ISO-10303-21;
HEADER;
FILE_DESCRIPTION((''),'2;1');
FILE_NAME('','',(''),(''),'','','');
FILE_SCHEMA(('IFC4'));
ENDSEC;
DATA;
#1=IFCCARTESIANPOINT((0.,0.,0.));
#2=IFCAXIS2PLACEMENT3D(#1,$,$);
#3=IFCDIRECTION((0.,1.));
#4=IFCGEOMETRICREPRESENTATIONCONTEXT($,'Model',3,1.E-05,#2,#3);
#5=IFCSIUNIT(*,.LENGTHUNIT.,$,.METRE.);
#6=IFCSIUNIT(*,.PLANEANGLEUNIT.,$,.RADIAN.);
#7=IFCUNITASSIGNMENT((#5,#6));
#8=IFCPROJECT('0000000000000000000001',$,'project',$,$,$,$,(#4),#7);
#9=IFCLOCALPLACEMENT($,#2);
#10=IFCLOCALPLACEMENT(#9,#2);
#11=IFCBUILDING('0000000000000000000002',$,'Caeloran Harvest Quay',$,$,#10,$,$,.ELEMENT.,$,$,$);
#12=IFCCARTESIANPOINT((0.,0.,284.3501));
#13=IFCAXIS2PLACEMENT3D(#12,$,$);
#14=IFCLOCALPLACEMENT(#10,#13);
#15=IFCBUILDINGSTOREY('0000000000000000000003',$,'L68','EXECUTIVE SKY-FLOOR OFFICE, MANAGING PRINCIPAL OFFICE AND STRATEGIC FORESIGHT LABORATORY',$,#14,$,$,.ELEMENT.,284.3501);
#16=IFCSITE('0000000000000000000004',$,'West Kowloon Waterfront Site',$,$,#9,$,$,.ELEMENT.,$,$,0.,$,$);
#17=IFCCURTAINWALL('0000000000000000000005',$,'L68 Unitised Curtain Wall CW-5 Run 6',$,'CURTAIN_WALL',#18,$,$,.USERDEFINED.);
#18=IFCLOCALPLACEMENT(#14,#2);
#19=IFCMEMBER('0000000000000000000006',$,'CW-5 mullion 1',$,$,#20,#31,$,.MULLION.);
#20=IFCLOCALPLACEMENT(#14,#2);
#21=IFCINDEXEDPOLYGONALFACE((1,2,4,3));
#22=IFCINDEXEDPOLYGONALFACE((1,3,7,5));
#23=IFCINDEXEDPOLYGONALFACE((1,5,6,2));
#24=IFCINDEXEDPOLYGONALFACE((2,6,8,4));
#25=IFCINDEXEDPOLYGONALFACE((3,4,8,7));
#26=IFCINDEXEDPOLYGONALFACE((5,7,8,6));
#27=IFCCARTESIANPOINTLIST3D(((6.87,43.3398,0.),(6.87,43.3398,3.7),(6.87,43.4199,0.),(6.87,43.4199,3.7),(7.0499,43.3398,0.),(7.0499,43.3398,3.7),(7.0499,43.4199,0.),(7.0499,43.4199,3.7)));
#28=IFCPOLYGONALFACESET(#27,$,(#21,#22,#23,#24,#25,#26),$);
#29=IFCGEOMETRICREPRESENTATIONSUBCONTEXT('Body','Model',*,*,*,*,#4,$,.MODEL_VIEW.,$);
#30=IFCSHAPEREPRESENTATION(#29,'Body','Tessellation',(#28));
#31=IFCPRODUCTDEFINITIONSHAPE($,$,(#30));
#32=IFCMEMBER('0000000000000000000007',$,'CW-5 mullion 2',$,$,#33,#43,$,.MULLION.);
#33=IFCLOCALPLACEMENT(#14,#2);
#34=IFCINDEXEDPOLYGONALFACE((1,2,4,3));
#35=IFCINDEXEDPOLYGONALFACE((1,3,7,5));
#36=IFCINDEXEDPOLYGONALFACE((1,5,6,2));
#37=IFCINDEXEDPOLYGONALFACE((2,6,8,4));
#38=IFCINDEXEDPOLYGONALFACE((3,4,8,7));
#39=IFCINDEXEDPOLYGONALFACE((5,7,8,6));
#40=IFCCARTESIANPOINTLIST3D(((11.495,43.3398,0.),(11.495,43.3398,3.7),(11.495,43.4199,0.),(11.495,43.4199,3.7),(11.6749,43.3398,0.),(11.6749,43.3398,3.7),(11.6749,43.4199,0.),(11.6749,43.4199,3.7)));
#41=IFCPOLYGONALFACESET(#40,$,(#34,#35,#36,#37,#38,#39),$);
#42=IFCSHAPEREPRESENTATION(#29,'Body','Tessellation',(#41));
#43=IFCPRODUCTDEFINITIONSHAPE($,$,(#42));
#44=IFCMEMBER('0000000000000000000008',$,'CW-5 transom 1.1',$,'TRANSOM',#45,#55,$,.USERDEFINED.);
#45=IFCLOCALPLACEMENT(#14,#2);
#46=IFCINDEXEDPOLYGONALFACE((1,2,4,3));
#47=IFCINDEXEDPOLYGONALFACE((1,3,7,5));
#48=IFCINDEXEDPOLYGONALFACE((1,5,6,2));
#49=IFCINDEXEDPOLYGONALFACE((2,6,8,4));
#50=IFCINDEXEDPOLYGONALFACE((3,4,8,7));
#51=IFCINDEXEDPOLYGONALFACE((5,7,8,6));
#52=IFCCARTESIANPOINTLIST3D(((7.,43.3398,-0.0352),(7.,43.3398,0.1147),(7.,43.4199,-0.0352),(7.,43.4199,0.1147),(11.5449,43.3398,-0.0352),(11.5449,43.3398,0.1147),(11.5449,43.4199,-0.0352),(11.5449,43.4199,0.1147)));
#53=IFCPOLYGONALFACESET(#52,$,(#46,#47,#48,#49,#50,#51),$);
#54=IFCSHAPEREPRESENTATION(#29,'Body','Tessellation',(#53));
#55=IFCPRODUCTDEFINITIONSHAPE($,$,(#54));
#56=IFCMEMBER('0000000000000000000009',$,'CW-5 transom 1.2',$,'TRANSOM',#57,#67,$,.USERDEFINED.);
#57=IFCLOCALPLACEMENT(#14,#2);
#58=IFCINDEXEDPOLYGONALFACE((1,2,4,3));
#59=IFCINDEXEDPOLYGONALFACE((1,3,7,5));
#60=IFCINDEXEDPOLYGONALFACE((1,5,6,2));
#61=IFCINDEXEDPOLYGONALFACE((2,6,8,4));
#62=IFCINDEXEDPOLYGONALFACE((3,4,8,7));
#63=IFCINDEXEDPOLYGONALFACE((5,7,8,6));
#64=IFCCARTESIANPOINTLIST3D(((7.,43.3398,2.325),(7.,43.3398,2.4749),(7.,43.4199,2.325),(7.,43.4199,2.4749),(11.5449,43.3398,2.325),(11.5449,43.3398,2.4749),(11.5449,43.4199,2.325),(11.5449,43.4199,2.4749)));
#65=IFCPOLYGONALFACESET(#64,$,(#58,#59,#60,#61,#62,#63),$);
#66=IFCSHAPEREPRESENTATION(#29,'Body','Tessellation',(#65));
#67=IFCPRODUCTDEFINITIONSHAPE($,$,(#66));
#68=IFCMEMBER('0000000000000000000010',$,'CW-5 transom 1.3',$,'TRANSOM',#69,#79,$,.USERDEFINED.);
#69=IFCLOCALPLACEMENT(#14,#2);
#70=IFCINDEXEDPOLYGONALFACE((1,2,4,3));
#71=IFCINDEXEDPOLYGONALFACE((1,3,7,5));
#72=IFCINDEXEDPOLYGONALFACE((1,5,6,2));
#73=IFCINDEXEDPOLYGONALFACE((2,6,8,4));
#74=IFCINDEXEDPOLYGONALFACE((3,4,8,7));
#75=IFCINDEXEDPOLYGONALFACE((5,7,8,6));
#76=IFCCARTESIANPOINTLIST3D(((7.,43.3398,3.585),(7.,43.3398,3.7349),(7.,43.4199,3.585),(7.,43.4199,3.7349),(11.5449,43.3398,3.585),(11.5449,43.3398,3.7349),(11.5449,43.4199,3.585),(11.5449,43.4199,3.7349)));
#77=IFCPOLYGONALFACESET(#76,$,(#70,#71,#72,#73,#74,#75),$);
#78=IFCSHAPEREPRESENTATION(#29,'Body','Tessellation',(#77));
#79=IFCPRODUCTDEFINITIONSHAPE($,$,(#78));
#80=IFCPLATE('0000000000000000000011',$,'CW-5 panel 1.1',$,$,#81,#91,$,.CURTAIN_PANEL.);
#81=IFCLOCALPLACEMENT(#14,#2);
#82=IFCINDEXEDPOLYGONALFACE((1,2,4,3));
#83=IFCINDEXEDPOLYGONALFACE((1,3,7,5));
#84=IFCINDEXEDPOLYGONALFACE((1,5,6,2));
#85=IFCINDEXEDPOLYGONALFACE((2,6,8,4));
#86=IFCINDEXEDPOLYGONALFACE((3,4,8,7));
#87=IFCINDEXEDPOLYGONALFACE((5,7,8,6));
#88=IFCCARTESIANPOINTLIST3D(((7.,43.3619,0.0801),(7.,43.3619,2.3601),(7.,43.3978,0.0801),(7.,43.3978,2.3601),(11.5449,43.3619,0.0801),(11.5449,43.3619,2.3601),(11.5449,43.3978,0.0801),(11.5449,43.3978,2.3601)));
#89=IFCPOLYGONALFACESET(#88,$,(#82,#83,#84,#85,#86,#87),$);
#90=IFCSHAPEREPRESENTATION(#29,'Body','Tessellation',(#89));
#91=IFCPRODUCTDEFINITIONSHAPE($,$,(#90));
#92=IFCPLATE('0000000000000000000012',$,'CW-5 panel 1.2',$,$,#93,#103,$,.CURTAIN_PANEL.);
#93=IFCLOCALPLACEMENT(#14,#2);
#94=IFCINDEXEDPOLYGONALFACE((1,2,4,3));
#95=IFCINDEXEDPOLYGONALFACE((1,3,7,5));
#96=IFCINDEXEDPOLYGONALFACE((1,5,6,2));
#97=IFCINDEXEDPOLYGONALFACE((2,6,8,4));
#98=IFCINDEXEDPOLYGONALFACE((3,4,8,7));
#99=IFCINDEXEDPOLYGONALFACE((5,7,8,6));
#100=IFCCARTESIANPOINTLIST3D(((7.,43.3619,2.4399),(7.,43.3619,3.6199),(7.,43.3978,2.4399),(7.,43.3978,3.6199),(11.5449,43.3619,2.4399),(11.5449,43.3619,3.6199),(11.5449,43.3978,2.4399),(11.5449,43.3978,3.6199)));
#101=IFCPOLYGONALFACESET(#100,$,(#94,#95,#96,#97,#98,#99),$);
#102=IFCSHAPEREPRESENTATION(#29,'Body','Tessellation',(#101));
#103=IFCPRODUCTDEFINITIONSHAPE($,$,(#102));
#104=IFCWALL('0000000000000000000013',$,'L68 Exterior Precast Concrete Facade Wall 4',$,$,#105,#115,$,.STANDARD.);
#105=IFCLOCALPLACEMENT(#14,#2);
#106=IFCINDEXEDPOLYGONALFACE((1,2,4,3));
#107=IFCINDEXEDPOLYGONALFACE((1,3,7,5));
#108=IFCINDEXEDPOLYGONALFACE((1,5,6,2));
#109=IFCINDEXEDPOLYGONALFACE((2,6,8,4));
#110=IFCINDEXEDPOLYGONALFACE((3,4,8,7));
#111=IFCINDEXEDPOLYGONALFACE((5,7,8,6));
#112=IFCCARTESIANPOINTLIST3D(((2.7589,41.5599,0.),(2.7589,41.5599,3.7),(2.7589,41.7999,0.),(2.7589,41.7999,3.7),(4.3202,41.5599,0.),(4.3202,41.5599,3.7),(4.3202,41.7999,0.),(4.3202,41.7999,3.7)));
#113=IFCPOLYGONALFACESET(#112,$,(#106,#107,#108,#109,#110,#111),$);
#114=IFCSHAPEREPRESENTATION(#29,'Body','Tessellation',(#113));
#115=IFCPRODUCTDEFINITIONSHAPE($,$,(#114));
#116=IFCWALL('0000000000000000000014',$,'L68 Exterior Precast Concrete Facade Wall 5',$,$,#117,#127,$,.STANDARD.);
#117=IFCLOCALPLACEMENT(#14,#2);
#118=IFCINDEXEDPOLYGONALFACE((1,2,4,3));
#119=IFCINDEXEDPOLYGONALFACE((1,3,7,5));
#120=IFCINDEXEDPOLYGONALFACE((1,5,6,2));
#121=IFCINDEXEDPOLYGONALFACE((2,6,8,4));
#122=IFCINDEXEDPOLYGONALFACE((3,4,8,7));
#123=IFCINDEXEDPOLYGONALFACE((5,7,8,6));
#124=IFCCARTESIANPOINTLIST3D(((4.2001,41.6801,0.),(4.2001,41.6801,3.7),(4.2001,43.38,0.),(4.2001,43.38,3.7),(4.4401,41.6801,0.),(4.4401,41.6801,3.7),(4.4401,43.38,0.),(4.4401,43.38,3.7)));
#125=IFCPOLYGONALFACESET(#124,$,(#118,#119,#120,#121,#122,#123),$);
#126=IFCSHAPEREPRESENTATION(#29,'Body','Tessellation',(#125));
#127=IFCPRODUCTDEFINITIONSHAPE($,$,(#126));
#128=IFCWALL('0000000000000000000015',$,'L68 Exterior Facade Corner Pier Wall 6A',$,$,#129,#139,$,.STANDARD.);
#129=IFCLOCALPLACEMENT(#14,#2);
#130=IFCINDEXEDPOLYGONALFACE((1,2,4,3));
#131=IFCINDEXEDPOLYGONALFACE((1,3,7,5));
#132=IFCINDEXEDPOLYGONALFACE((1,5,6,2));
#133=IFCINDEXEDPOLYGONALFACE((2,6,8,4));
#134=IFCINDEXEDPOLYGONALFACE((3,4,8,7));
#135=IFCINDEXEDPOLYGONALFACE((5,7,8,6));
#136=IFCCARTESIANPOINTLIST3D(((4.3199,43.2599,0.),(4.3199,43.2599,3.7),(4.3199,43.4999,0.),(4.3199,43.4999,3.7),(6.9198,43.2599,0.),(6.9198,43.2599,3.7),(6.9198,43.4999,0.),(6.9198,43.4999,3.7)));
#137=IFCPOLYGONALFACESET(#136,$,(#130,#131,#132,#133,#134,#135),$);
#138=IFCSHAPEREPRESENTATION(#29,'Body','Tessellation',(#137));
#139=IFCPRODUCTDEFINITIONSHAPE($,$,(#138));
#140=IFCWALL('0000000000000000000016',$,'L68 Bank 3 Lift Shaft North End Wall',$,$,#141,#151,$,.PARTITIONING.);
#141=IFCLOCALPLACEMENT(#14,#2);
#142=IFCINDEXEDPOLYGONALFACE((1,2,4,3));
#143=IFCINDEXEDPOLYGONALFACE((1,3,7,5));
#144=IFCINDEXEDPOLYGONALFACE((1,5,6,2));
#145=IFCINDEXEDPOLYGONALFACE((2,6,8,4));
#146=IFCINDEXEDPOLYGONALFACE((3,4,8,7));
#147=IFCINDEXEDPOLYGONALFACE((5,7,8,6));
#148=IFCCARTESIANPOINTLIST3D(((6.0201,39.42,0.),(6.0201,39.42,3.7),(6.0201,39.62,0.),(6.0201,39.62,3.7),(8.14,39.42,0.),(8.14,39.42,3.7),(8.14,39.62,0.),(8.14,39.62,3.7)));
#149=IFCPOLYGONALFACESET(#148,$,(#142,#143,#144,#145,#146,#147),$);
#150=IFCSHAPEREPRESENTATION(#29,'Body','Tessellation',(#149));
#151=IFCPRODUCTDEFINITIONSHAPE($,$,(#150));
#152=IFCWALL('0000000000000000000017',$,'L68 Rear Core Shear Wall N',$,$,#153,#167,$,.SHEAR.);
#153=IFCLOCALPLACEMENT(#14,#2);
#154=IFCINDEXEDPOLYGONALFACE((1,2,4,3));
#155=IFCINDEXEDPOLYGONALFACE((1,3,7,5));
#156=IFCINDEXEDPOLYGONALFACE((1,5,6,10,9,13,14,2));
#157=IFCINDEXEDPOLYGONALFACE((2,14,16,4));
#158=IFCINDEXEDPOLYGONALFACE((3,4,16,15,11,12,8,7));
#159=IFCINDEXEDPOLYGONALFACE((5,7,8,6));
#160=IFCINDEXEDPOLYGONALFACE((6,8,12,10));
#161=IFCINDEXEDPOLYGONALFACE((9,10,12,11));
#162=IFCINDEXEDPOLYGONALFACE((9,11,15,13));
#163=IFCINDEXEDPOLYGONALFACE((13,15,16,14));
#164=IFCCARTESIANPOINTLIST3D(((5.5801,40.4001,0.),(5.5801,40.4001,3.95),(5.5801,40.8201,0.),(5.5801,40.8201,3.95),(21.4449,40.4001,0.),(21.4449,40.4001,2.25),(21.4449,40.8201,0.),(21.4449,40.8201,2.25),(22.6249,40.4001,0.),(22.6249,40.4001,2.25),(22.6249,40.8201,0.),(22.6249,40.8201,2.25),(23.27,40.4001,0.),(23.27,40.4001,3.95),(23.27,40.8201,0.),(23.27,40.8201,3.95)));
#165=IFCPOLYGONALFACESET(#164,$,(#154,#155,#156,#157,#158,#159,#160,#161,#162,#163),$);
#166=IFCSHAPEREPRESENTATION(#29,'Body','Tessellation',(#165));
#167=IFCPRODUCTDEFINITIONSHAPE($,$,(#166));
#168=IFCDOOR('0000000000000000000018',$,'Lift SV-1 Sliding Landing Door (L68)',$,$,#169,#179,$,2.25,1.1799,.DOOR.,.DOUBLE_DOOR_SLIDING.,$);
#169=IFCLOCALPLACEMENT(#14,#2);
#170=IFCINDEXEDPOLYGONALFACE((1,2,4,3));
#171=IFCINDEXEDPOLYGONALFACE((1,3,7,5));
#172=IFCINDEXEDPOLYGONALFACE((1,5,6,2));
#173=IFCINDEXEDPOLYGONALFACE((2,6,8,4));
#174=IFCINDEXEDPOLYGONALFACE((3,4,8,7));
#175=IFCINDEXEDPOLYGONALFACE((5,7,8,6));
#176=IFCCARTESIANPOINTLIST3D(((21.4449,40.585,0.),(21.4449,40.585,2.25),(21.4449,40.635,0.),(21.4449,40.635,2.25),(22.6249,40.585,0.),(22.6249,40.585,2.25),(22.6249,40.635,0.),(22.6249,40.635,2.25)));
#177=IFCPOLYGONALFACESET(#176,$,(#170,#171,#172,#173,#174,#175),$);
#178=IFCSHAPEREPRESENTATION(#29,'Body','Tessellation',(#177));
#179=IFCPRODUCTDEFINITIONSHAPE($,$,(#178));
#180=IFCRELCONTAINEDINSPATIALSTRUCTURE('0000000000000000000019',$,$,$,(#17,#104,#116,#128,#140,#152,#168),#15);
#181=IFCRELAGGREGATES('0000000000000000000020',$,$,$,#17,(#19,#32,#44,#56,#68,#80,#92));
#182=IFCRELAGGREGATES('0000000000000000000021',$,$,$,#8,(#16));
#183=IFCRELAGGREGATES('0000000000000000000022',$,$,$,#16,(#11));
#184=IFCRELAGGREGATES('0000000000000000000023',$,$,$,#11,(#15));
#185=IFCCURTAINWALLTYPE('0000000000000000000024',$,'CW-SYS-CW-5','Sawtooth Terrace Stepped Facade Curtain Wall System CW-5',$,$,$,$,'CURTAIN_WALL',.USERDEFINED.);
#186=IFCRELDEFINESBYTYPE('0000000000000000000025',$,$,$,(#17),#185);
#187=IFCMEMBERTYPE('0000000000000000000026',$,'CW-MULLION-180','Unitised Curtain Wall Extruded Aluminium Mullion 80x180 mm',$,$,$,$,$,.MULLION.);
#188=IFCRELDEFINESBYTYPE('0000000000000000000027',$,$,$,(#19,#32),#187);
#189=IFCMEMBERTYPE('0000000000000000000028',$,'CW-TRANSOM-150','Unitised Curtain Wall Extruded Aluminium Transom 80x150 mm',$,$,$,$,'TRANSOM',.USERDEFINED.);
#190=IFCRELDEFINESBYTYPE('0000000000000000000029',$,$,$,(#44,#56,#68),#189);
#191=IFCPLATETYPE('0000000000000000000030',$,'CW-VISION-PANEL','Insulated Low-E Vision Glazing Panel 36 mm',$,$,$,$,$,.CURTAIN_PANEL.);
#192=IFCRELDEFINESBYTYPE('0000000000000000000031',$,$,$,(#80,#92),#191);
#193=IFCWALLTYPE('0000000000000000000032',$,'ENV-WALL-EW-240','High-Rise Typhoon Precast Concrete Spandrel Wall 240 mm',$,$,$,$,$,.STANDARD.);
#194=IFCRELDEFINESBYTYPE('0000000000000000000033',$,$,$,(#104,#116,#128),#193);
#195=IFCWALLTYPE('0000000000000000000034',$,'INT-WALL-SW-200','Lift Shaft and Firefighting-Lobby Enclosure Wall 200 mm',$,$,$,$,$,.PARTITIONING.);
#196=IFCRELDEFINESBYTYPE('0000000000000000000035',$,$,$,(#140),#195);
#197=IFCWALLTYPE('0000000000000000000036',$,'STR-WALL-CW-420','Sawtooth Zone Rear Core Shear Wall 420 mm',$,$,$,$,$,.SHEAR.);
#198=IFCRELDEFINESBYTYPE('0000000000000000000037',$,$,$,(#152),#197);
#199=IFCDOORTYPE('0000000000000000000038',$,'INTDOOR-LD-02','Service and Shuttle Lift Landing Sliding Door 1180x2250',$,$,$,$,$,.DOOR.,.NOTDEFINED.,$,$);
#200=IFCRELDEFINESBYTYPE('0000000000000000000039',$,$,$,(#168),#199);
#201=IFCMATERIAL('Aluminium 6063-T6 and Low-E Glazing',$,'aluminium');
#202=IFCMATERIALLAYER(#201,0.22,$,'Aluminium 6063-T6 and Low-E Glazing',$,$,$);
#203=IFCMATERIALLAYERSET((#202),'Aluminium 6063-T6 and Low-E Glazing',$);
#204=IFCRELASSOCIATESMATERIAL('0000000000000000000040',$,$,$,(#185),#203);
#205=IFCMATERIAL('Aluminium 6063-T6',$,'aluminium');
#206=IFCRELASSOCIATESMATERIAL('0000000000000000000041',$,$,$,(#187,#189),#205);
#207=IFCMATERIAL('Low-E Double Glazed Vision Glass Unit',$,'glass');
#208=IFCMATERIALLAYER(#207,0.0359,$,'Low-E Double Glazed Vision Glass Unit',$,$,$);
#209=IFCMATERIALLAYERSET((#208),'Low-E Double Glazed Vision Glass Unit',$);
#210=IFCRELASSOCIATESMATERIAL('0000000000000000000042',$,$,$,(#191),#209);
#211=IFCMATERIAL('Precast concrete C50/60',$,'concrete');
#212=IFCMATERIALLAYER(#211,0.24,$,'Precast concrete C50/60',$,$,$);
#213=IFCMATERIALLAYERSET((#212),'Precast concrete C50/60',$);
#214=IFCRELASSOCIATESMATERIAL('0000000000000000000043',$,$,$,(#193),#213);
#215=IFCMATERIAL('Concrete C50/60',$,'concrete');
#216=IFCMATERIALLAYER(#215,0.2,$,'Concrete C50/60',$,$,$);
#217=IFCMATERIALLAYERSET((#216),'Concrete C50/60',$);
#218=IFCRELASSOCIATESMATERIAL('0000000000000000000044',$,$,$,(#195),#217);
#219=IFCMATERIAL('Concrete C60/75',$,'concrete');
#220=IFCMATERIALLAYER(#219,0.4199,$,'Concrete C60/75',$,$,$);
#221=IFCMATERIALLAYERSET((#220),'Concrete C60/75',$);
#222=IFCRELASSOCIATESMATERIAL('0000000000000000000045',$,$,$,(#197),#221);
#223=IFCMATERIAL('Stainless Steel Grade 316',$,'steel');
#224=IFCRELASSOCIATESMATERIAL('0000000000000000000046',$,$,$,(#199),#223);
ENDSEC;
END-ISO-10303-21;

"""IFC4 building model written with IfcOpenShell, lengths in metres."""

from ifc_helpers import new_model, si_unit, direction, frame, frame_2d, origin, origin_2d, place, context, subcontext, project, spatial, rectangle, extrude, material, layer, layer_set, material_profile, profile_set, type_object, element, fill, aggregate, save


model = new_model("IFC4")

# Units and contexts
model_context = context("Model", 3, precision=1e-05, world=origin(), true_north=direction((0.0, 1.0)))
body_context = subcontext(model_context, "Body", "Model", "MODEL_VIEW")
ifc_project = project(units=[si_unit("LENGTHUNIT", "METRE"), si_unit("PLANEANGLEUNIT", "RADIAN")], contexts=[model_context])

# Site, building, storey
site_placement = place(None, origin())
site = spatial("IfcSite", under=ifc_project, at=site_placement, Name="West Kowloon Waterfront Site", CompositionType="ELEMENT", RefElevation=0.0)
building_placement = place(site_placement, origin())
building = spatial("IfcBuilding", under=site, at=building_placement, Name="Caeloran Harvest Quay", CompositionType="ELEMENT")
storey_placement = place(building_placement, frame((0.0, 0.0, 284.3501)))
storey = spatial("IfcBuildingStorey", under=building, at=storey_placement, Name="L68", Description="EXECUTIVE SKY-FLOOR OFFICE, MANAGING PRINCIPAL OFFICE AND STRATEGIC FORESIGHT LABORATORY", CompositionType="ELEMENT", Elevation=284.3501)

# Curtain wall, members, plates
ifc_material_1 = material(Name="Aluminium 6063-T6 and Low-E Glazing", Category="aluminium")
ifc_layer_1 = layer(ifc_material_1, 0.22, Name="Aluminium 6063-T6 and Low-E Glazing")
ifc_layer_set_1 = layer_set([ifc_layer_1], Name="Aluminium 6063-T6 and Low-E Glazing")
curtain_wall_type = type_object("IfcCurtainWallType", Name="CW-SYS-CW-5", Description="Sawtooth Terrace Stepped Facade Curtain Wall System CW-5", ElementType="CURTAIN_WALL", PredefinedType="USERDEFINED", material=ifc_layer_set_1)
curtain_wall_placement = place(storey_placement, origin())
curtain_wall = element("IfcCurtainWall", 1, at=curtain_wall_placement, inside=storey, type_object=curtain_wall_type, Name="L68 Unitised Curtain Wall CW-5 Run 6", ObjectType="CURTAIN_WALL", PredefinedType="USERDEFINED")
ifc_material_2 = material(Name="Aluminium 6063-T6", Category="aluminium")
ifc_material_profile_1 = material_profile(ifc_material_2, rectangle(XDim=0.0801, YDim=0.1799, at=origin_2d()), Name="CW-MULLION-180")
ifc_profile_set_1 = profile_set([ifc_material_profile_1], Name="Aluminium 6063-T6")
member_type_1 = type_object("IfcMemberType", Name="CW-MULLION-180", Description="Unitised Curtain Wall Extruded Aluminium Mullion 80x180 mm", PredefinedType="MULLION", material=ifc_profile_set_1)
member_1_placement = place(storey_placement, frame((6.96, 43.3799, 0.0), z_axis=(0.0, 0.0, 1.0), x_axis=(0.0, 1.0, 0.0)))
member_1 = element("IfcMember", 2, at=member_1_placement, type_object=member_type_1, Name="CW-5 mullion 1", PredefinedType="MULLION", context=body_context, shape_type="SweptSolid", body=[
    extrude(rectangle(XDim=0.0801, YDim=0.1799, at=origin_2d()), origin(), (0.0, 0.0, 1.0), 3.7),
])
member_2_placement = place(storey_placement, frame((11.585, 43.3799, 0.0), z_axis=(0.0, 0.0, 1.0), x_axis=(0.0, 1.0, 0.0)))
member_2 = element("IfcMember", 3, at=member_2_placement, type_object=member_type_1, Name="CW-5 mullion 2", PredefinedType="MULLION", context=body_context, shape_type="SweptSolid", body=[
    extrude(rectangle(XDim=0.0801, YDim=0.1799, at=origin_2d()), origin(), (0.0, 0.0, 1.0), 3.7),
])
ifc_material_profile_2 = material_profile(ifc_material_2, rectangle(XDim=0.0801, YDim=0.1499, at=origin_2d()), Name="CW-TRANSOM-150")
ifc_profile_set_2 = profile_set([ifc_material_profile_2], Name="Aluminium 6063-T6")
member_type_2 = type_object("IfcMemberType", Name="CW-TRANSOM-150", Description="Unitised Curtain Wall Extruded Aluminium Transom 80x150 mm", ElementType="TRANSOM", PredefinedType="USERDEFINED", material=ifc_profile_set_2)
member_3_placement = place(storey_placement, frame((7.0, 43.3799, 0.0398), z_axis=(1.0, 0.0, 0.0), x_axis=(0.0, 1.0, 0.0)))
member_3 = element("IfcMember", 4, at=member_3_placement, type_object=member_type_2, Name="CW-5 transom 1.1", ObjectType="TRANSOM", PredefinedType="USERDEFINED", context=body_context, shape_type="SweptSolid", body=[
    extrude(rectangle(XDim=0.0801, YDim=0.1499, at=origin_2d()), origin(), (0.0, 0.0, 1.0), 4.5449),
])
member_4_placement = place(storey_placement, frame((7.0, 43.3799, 2.3999), z_axis=(1.0, 0.0, 0.0), x_axis=(0.0, 1.0, 0.0)))
member_4 = element("IfcMember", 5, at=member_4_placement, type_object=member_type_2, Name="CW-5 transom 1.2", ObjectType="TRANSOM", PredefinedType="USERDEFINED", context=body_context, shape_type="SweptSolid", body=[
    extrude(rectangle(XDim=0.0801, YDim=0.1499, at=origin_2d()), origin(), (0.0, 0.0, 1.0), 4.5449),
])
member_5_placement = place(storey_placement, frame((7.0, 43.3799, 3.6599), z_axis=(1.0, 0.0, 0.0), x_axis=(0.0, 1.0, 0.0)))
member_5 = element("IfcMember", 6, at=member_5_placement, type_object=member_type_2, Name="CW-5 transom 1.3", ObjectType="TRANSOM", PredefinedType="USERDEFINED", context=body_context, shape_type="SweptSolid", body=[
    extrude(rectangle(XDim=0.0801, YDim=0.1499, at=origin_2d()), origin(), (0.0, 0.0, 1.0), 4.5449),
])
ifc_material_3 = material(Name="Low-E Double Glazed Vision Glass Unit", Category="glass")
ifc_layer_2 = layer(ifc_material_3, 0.0359, Name="Low-E Double Glazed Vision Glass Unit")
ifc_layer_set_2 = layer_set([ifc_layer_2], Name="Low-E Double Glazed Vision Glass Unit")
plate_type = type_object("IfcPlateType", Name="CW-VISION-PANEL", Description="Insulated Low-E Vision Glazing Panel 36 mm", PredefinedType="CURTAIN_PANEL", material=ifc_layer_set_2)
plate_1_placement = place(storey_placement, frame((9.2725, 43.3799, 0.0801), z_axis=(0.0, 0.0, 1.0), x_axis=(1.0, 0.0, 0.0)))
plate_1 = element("IfcPlate", 7, at=plate_1_placement, type_object=plate_type, Name="CW-5 panel 1.1", PredefinedType="CURTAIN_PANEL", context=body_context, shape_type="SweptSolid", body=[
    extrude(rectangle(XDim=4.5449, YDim=0.0359, at=origin_2d()), origin(), (0.0, 0.0, 1.0), 2.28),
])
plate_2_placement = place(storey_placement, frame((9.2725, 43.3799, 2.4399), z_axis=(0.0, 0.0, 1.0), x_axis=(1.0, 0.0, 0.0)))
plate_2 = element("IfcPlate", 8, at=plate_2_placement, type_object=plate_type, Name="CW-5 panel 1.2", PredefinedType="CURTAIN_PANEL", context=body_context, shape_type="SweptSolid", body=[
    extrude(rectangle(XDim=4.5449, YDim=0.0359, at=origin_2d()), origin(), (0.0, 0.0, 1.0), 1.1799),
])
aggregate(curtain_wall, [member_1, member_2, member_3, member_4, member_5, plate_1, plate_2])

# Walls
ifc_material_4 = material(Name="Precast concrete C50/60", Category="concrete")
ifc_layer_3 = layer(ifc_material_4, 0.24, Name="Precast concrete C50/60")
ifc_layer_set_3 = layer_set([ifc_layer_3], Name="Precast concrete C50/60")
wall_type_1 = type_object("IfcWallType", Name="ENV-WALL-EW-240", Description="High-Rise Typhoon Precast Concrete Spandrel Wall 240 mm", PredefinedType="STANDARD", material=ifc_layer_set_3)
wall_1_placement = place(storey_placement, frame((2.7588, 41.6799, 0.0), z_axis=(0.0, 0.0, 1.0), x_axis=(1.0, 0.0, 0.0)))
element("IfcWall", 9, at=wall_1_placement, inside=storey, type_object=wall_type_1, Name="L68 Exterior Precast Concrete Facade Wall 4", PredefinedType="STANDARD", context=body_context, shape_type="SweptSolid", body=[
    extrude(rectangle(XDim=1.5613, YDim=0.24, at=frame_2d((0.7808, 0.0))), origin(), (0.0, 0.0, 1.0), 3.7),
])
wall_2_placement = place(storey_placement, frame((4.3201, 41.6799, 0.0), z_axis=(0.0, 0.0, 1.0), x_axis=(0.0, 1.0, 0.0)))
element("IfcWall", 10, at=wall_2_placement, inside=storey, type_object=wall_type_1, Name="L68 Exterior Precast Concrete Facade Wall 5", PredefinedType="STANDARD", context=body_context, shape_type="SweptSolid", body=[
    extrude(rectangle(XDim=1.7, YDim=0.24, at=frame_2d((0.8501, 0.0))), origin(), (0.0, 0.0, 1.0), 3.7),
])
wall_3_placement = place(storey_placement, frame((4.3201, 43.3799, 0.0), z_axis=(0.0, 0.0, 1.0), x_axis=(1.0, 0.0, 0.0)))
element("IfcWall", 11, at=wall_3_placement, inside=storey, type_object=wall_type_1, Name="L68 Exterior Facade Corner Pier Wall 6A", PredefinedType="STANDARD", context=body_context, shape_type="SweptSolid", body=[
    extrude(rectangle(XDim=2.5999, YDim=0.24, at=frame_2d((1.2998, 0.0))), origin(), (0.0, 0.0, 1.0), 3.7),
])
ifc_material_5 = material(Name="Concrete C50/60", Category="concrete")
ifc_layer_4 = layer(ifc_material_5, 0.2, Name="Concrete C50/60")
ifc_layer_set_4 = layer_set([ifc_layer_4], Name="Concrete C50/60")
wall_type_2 = type_object("IfcWallType", Name="INT-WALL-SW-200", Description="Lift Shaft and Firefighting-Lobby Enclosure Wall 200 mm", PredefinedType="PARTITIONING", material=ifc_layer_set_4)
wall_4_placement = place(storey_placement, frame((6.02, 39.52, 0.0), z_axis=(0.0, 0.0, 1.0), x_axis=(1.0, 0.0, 0.0)))
element("IfcWall", 12, at=wall_4_placement, inside=storey, type_object=wall_type_2, Name="L68 Bank 3 Lift Shaft North End Wall", PredefinedType="PARTITIONING", context=body_context, shape_type="SweptSolid", body=[
    extrude(rectangle(XDim=2.1199, YDim=0.2, at=frame_2d((1.0601, 0.0))), origin(), (0.0, 0.0, 1.0), 3.7),
])

# Wall, opening, door
ifc_material_6 = material(Name="Concrete C60/75", Category="concrete")
ifc_layer_5 = layer(ifc_material_6, 0.4199, Name="Concrete C60/75")
ifc_layer_set_5 = layer_set([ifc_layer_5], Name="Concrete C60/75")
wall_type_3 = type_object("IfcWallType", Name="STR-WALL-CW-420", Description="Sawtooth Zone Rear Core Shear Wall 420 mm", PredefinedType="SHEAR", material=ifc_layer_set_5)
wall_5_placement = place(storey_placement, frame((5.5801, 40.6101, 0.0), z_axis=(0.0, 0.0, 1.0), x_axis=(1.0, 0.0, 0.0)))
wall_5 = element("IfcWall", 13, at=wall_5_placement, inside=storey, type_object=wall_type_3, Name="L68 Rear Core Shear Wall N", PredefinedType="SHEAR", context=body_context, shape_type="SweptSolid", body=[
    extrude(rectangle(XDim=17.6899, YDim=0.4199, at=frame_2d((8.845, 0.0))), origin(), (0.0, 0.0, 1.0), 3.95),
])
opening_placement = place(wall_5_placement, frame((15.865, 0.0, 0.0)))
opening = element("IfcOpeningElement", 14, at=opening_placement, cuts=wall_5, PredefinedType="OPENING", context=body_context, shape_type="SweptSolid", body=[
    extrude(rectangle(XDim=1.1799, YDim=2.25, at=frame_2d((0.5898, 1.125))), frame((0.0, 0.22, 0.0), z_axis=(0.0, -1.0, 0.0), x_axis=(1.0, 0.0, 0.0)), (0.0, 0.0, 1.0), 0.4399),
])
ifc_material_7 = material(Name="Stainless Steel Grade 316", Category="steel")
door_type = type_object("IfcDoorType", Name="INTDOOR-LD-02", Description="Service and Shuttle Lift Landing Sliding Door 1180x2250", OperationType="NOTDEFINED", PredefinedType="DOOR", material=ifc_material_7)
door_placement = place(opening_placement, origin())
door = element("IfcDoor", 15, at=door_placement, inside=storey, type_object=door_type, Name="Lift SV-1 Sliding Landing Door (L68)", OperationType="DOUBLE_DOOR_SLIDING", OverallHeight=2.25, OverallWidth=1.1799, PredefinedType="DOOR", context=body_context, shape_type="SweptSolid", body=[
    extrude(rectangle(XDim=1.1799, YDim=2.25, at=frame_2d((0.5898, 1.125))), frame((0.0, 0.0249, 0.0), z_axis=(0.0, -1.0, 0.0), x_axis=(1.0, 0.0, 0.0)), (0.0, 0.0, 1.0), 0.05),
])
fill(opening, door)

save(model, "model.ifc")
